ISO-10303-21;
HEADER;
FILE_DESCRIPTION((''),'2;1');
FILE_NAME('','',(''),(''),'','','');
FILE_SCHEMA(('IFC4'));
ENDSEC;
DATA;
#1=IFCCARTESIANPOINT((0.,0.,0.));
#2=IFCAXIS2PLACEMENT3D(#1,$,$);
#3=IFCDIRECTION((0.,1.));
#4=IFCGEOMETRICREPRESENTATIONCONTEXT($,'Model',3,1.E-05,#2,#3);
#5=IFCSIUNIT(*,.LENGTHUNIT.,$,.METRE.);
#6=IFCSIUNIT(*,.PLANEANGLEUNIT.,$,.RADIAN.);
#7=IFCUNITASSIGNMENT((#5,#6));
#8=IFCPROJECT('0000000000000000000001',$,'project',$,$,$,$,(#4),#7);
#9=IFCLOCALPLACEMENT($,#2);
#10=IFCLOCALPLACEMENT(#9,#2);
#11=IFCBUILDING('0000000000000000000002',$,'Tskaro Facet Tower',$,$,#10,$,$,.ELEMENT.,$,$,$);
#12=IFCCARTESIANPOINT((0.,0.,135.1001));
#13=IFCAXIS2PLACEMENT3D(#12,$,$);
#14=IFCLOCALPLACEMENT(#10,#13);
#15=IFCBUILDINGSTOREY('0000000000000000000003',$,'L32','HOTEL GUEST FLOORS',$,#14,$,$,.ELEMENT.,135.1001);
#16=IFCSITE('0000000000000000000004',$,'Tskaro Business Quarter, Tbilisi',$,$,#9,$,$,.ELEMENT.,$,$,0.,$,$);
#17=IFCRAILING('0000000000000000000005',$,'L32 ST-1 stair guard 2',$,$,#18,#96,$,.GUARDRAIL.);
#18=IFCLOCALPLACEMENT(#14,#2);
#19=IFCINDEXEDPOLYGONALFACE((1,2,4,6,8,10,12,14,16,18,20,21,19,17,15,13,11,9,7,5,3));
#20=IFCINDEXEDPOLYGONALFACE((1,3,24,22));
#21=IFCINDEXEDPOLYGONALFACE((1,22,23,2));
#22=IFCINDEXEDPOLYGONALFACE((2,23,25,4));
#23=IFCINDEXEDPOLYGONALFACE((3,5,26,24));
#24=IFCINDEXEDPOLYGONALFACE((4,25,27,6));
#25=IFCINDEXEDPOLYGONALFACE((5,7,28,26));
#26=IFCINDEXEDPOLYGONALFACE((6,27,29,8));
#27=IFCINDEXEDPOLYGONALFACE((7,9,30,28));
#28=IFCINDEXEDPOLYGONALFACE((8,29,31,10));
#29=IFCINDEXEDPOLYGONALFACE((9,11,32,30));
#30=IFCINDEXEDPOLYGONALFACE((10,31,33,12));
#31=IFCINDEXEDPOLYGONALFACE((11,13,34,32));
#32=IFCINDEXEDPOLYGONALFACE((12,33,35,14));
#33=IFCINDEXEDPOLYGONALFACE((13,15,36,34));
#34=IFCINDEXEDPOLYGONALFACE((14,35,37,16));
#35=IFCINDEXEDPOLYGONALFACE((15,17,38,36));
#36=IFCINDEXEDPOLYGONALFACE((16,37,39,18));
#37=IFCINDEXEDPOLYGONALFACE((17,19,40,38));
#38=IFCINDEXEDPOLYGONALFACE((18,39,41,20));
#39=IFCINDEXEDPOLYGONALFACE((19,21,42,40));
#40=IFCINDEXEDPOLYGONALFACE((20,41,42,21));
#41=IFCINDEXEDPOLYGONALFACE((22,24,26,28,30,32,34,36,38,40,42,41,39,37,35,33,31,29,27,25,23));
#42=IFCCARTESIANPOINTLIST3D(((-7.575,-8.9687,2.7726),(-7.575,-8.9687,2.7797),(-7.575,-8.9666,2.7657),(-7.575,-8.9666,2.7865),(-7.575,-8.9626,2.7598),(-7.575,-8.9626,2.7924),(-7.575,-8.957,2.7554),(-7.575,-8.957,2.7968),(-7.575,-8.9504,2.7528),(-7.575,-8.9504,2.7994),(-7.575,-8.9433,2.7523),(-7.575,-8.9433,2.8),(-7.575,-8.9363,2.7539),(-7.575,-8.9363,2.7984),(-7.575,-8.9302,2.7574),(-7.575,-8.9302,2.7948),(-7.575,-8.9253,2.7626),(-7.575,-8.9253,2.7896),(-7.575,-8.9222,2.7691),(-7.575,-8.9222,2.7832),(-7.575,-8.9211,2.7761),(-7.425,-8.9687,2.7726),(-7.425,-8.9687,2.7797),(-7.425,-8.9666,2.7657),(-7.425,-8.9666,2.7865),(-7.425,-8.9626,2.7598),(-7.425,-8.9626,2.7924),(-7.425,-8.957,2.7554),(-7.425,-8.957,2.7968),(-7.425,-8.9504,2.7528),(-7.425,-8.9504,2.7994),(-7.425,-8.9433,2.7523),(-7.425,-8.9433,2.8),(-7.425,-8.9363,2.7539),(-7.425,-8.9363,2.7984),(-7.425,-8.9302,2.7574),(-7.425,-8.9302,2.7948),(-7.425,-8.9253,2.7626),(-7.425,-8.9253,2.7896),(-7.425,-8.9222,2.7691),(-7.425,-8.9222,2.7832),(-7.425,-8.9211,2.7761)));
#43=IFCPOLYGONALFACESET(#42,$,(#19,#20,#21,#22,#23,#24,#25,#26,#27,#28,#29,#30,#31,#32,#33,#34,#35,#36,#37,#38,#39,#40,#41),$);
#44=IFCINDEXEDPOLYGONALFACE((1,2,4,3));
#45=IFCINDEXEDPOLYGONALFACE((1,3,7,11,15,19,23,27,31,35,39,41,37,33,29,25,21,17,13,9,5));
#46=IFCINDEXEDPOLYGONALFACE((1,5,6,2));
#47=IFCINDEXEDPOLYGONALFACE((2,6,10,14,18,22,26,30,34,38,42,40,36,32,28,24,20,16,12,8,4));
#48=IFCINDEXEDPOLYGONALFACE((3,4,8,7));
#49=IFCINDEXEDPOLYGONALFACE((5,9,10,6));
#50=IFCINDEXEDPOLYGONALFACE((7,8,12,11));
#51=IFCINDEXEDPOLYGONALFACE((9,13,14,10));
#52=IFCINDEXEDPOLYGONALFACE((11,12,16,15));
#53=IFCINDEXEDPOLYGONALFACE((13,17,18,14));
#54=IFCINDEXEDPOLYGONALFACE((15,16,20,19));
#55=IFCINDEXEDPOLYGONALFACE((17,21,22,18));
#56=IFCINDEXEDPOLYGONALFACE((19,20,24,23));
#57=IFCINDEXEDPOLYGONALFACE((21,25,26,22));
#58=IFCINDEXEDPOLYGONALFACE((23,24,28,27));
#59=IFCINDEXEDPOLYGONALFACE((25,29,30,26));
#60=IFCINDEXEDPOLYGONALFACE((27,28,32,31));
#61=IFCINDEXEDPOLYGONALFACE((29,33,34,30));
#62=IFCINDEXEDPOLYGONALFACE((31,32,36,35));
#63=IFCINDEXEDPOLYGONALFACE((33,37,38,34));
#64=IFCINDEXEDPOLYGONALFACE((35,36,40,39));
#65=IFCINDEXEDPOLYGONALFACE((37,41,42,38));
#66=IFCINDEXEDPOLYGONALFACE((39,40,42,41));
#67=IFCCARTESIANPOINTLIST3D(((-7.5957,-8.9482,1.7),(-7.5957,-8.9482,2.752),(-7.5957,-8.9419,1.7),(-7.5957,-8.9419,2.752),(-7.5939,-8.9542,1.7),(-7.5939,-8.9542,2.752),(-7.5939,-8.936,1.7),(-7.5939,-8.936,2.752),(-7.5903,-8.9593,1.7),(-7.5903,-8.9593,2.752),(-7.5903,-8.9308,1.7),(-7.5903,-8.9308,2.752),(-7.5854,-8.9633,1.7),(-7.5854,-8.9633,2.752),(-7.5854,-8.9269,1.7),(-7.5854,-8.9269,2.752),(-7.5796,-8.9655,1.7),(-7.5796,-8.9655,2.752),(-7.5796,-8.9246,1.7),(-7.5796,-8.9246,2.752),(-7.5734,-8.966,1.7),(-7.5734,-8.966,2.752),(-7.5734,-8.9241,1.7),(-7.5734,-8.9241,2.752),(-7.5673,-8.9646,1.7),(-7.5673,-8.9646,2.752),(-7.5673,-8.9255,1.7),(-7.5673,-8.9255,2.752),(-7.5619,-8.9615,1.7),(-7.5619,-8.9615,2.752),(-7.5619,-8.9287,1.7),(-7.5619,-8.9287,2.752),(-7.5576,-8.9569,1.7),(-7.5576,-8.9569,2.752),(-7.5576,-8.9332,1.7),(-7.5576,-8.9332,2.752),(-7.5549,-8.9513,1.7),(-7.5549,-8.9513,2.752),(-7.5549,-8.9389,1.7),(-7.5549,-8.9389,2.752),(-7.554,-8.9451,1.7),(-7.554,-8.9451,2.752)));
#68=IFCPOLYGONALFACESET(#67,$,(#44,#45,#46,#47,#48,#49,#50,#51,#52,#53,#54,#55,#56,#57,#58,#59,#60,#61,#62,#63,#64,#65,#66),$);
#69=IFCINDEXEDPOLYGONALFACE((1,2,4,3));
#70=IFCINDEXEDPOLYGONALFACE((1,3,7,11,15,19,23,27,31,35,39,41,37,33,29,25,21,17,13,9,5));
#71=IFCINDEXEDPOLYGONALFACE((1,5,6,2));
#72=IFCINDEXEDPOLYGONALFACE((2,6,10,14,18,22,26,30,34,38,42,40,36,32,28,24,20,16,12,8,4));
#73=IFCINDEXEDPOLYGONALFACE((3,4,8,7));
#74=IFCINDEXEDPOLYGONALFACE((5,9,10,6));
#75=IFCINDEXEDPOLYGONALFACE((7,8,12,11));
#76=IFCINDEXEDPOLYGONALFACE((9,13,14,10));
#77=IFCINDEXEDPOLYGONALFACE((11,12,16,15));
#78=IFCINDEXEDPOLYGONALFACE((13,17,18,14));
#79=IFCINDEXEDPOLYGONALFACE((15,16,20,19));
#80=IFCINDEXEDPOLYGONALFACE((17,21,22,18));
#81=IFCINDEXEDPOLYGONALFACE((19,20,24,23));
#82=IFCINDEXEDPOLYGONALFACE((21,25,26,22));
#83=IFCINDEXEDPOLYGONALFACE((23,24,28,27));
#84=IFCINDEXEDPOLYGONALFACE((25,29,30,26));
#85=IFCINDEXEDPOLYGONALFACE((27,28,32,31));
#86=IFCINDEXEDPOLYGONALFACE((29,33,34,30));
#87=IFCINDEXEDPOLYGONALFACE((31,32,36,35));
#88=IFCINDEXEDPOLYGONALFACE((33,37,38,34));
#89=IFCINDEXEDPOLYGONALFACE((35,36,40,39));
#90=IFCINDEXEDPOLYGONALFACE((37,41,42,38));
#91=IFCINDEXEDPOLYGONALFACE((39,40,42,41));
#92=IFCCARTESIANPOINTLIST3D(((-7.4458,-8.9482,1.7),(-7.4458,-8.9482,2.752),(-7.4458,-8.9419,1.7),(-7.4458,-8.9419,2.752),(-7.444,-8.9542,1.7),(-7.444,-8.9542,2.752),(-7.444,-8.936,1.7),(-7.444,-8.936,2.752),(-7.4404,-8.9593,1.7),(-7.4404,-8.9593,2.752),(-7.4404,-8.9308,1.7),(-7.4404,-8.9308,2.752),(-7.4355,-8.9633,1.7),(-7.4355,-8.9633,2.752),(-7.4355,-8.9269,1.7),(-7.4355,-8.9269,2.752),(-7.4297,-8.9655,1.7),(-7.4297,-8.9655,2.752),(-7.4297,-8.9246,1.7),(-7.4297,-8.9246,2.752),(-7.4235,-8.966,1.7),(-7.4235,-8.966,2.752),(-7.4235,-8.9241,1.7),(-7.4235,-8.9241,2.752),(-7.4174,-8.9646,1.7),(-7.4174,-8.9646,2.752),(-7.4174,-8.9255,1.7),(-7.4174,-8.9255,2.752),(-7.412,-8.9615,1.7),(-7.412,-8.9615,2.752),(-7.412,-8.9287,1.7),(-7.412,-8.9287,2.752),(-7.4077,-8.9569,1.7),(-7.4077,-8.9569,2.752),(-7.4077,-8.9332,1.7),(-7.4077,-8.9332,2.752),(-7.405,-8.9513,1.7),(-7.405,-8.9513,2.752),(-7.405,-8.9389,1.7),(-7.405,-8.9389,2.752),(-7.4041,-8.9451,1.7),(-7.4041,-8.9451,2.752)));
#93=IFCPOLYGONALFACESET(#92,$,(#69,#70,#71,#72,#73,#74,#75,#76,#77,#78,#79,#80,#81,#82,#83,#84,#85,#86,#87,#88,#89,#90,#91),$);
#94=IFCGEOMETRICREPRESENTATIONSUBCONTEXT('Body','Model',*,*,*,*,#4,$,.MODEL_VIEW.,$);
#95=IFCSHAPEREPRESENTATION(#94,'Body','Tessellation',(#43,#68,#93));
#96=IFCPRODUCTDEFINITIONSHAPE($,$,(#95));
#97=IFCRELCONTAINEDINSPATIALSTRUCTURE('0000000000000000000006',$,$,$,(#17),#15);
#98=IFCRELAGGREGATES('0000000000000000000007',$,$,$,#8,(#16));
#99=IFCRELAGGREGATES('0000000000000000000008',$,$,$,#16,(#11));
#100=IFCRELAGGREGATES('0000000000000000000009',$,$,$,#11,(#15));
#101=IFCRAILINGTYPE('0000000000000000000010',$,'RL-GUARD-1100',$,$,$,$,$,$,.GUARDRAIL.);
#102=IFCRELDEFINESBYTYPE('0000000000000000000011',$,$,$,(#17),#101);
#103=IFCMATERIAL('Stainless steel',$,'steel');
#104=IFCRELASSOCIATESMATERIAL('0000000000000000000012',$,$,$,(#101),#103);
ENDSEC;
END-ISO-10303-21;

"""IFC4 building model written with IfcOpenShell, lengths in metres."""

from ifc_helpers import new_model, si_unit, direction, frame, origin, origin_2d, place, context, subcontext, project, spatial, circle, extrude, material, type_object, element, save


model = new_model("IFC4")

# Units and contexts
model_context = context("Model", 3, precision=1e-05, world=origin(), true_north=direction((0.0, 1.0)))
body_context = subcontext(model_context, "Body", "Model", "MODEL_VIEW")
ifc_project = project(units=[si_unit("LENGTHUNIT", "METRE"), si_unit("PLANEANGLEUNIT", "RADIAN")], contexts=[model_context])

# Site, building, storey
site_placement = place(None, origin())
site = spatial("IfcSite", under=ifc_project, at=site_placement, Name="Tskaro Business Quarter, Tbilisi", CompositionType="ELEMENT", RefElevation=0.0)
building_placement = place(site_placement, origin())
building = spatial("IfcBuilding", under=site, at=building_placement, Name="Tskaro Facet Tower", CompositionType="ELEMENT")
storey_placement = place(building_placement, frame((0.0, 0.0, 135.1001)))
storey = spatial("IfcBuildingStorey", under=building, at=storey_placement, Name="L32", Description="HOTEL GUEST FLOORS", CompositionType="ELEMENT", Elevation=135.1001)

# Shared definitions
ifc_material_1 = material(Name="Stainless steel", Category="steel")

# Railing
railing_type_1 = type_object("IfcRailingType", Name="RL-GUARD-1100", PredefinedType="GUARDRAIL", material=ifc_material_1)
railing_1_placement = place(storey_placement, frame((-7.575, -8.9451, 1.7)))
element("IfcRailing", 1, at=railing_1_placement, inside=storey, type_object=railing_type_1, Name="L32 ST-1 stair guard 2", PredefinedType="GUARDRAIL", context=body_context, shape_type="SweptSolid", body=[
    extrude(circle(Radius=0.0239, at=origin_2d()), frame((0.0, 0.0, 1.0762), z_axis=(1.0, 0.0, 0.0), x_axis=(0.0, 1.0, 0.0)), (0.0, 0.0, 1.0), 0.1499),
    extrude(circle(Radius=0.021, at=origin_2d()), origin(), (0.0, 0.0, 1.0), 1.052),
    extrude(circle(Radius=0.021, at=origin_2d()), frame((0.1499, 0.0, 0.0)), (0.0, 0.0, 1.0), 1.052),
])

save(model, "model.ifc")
